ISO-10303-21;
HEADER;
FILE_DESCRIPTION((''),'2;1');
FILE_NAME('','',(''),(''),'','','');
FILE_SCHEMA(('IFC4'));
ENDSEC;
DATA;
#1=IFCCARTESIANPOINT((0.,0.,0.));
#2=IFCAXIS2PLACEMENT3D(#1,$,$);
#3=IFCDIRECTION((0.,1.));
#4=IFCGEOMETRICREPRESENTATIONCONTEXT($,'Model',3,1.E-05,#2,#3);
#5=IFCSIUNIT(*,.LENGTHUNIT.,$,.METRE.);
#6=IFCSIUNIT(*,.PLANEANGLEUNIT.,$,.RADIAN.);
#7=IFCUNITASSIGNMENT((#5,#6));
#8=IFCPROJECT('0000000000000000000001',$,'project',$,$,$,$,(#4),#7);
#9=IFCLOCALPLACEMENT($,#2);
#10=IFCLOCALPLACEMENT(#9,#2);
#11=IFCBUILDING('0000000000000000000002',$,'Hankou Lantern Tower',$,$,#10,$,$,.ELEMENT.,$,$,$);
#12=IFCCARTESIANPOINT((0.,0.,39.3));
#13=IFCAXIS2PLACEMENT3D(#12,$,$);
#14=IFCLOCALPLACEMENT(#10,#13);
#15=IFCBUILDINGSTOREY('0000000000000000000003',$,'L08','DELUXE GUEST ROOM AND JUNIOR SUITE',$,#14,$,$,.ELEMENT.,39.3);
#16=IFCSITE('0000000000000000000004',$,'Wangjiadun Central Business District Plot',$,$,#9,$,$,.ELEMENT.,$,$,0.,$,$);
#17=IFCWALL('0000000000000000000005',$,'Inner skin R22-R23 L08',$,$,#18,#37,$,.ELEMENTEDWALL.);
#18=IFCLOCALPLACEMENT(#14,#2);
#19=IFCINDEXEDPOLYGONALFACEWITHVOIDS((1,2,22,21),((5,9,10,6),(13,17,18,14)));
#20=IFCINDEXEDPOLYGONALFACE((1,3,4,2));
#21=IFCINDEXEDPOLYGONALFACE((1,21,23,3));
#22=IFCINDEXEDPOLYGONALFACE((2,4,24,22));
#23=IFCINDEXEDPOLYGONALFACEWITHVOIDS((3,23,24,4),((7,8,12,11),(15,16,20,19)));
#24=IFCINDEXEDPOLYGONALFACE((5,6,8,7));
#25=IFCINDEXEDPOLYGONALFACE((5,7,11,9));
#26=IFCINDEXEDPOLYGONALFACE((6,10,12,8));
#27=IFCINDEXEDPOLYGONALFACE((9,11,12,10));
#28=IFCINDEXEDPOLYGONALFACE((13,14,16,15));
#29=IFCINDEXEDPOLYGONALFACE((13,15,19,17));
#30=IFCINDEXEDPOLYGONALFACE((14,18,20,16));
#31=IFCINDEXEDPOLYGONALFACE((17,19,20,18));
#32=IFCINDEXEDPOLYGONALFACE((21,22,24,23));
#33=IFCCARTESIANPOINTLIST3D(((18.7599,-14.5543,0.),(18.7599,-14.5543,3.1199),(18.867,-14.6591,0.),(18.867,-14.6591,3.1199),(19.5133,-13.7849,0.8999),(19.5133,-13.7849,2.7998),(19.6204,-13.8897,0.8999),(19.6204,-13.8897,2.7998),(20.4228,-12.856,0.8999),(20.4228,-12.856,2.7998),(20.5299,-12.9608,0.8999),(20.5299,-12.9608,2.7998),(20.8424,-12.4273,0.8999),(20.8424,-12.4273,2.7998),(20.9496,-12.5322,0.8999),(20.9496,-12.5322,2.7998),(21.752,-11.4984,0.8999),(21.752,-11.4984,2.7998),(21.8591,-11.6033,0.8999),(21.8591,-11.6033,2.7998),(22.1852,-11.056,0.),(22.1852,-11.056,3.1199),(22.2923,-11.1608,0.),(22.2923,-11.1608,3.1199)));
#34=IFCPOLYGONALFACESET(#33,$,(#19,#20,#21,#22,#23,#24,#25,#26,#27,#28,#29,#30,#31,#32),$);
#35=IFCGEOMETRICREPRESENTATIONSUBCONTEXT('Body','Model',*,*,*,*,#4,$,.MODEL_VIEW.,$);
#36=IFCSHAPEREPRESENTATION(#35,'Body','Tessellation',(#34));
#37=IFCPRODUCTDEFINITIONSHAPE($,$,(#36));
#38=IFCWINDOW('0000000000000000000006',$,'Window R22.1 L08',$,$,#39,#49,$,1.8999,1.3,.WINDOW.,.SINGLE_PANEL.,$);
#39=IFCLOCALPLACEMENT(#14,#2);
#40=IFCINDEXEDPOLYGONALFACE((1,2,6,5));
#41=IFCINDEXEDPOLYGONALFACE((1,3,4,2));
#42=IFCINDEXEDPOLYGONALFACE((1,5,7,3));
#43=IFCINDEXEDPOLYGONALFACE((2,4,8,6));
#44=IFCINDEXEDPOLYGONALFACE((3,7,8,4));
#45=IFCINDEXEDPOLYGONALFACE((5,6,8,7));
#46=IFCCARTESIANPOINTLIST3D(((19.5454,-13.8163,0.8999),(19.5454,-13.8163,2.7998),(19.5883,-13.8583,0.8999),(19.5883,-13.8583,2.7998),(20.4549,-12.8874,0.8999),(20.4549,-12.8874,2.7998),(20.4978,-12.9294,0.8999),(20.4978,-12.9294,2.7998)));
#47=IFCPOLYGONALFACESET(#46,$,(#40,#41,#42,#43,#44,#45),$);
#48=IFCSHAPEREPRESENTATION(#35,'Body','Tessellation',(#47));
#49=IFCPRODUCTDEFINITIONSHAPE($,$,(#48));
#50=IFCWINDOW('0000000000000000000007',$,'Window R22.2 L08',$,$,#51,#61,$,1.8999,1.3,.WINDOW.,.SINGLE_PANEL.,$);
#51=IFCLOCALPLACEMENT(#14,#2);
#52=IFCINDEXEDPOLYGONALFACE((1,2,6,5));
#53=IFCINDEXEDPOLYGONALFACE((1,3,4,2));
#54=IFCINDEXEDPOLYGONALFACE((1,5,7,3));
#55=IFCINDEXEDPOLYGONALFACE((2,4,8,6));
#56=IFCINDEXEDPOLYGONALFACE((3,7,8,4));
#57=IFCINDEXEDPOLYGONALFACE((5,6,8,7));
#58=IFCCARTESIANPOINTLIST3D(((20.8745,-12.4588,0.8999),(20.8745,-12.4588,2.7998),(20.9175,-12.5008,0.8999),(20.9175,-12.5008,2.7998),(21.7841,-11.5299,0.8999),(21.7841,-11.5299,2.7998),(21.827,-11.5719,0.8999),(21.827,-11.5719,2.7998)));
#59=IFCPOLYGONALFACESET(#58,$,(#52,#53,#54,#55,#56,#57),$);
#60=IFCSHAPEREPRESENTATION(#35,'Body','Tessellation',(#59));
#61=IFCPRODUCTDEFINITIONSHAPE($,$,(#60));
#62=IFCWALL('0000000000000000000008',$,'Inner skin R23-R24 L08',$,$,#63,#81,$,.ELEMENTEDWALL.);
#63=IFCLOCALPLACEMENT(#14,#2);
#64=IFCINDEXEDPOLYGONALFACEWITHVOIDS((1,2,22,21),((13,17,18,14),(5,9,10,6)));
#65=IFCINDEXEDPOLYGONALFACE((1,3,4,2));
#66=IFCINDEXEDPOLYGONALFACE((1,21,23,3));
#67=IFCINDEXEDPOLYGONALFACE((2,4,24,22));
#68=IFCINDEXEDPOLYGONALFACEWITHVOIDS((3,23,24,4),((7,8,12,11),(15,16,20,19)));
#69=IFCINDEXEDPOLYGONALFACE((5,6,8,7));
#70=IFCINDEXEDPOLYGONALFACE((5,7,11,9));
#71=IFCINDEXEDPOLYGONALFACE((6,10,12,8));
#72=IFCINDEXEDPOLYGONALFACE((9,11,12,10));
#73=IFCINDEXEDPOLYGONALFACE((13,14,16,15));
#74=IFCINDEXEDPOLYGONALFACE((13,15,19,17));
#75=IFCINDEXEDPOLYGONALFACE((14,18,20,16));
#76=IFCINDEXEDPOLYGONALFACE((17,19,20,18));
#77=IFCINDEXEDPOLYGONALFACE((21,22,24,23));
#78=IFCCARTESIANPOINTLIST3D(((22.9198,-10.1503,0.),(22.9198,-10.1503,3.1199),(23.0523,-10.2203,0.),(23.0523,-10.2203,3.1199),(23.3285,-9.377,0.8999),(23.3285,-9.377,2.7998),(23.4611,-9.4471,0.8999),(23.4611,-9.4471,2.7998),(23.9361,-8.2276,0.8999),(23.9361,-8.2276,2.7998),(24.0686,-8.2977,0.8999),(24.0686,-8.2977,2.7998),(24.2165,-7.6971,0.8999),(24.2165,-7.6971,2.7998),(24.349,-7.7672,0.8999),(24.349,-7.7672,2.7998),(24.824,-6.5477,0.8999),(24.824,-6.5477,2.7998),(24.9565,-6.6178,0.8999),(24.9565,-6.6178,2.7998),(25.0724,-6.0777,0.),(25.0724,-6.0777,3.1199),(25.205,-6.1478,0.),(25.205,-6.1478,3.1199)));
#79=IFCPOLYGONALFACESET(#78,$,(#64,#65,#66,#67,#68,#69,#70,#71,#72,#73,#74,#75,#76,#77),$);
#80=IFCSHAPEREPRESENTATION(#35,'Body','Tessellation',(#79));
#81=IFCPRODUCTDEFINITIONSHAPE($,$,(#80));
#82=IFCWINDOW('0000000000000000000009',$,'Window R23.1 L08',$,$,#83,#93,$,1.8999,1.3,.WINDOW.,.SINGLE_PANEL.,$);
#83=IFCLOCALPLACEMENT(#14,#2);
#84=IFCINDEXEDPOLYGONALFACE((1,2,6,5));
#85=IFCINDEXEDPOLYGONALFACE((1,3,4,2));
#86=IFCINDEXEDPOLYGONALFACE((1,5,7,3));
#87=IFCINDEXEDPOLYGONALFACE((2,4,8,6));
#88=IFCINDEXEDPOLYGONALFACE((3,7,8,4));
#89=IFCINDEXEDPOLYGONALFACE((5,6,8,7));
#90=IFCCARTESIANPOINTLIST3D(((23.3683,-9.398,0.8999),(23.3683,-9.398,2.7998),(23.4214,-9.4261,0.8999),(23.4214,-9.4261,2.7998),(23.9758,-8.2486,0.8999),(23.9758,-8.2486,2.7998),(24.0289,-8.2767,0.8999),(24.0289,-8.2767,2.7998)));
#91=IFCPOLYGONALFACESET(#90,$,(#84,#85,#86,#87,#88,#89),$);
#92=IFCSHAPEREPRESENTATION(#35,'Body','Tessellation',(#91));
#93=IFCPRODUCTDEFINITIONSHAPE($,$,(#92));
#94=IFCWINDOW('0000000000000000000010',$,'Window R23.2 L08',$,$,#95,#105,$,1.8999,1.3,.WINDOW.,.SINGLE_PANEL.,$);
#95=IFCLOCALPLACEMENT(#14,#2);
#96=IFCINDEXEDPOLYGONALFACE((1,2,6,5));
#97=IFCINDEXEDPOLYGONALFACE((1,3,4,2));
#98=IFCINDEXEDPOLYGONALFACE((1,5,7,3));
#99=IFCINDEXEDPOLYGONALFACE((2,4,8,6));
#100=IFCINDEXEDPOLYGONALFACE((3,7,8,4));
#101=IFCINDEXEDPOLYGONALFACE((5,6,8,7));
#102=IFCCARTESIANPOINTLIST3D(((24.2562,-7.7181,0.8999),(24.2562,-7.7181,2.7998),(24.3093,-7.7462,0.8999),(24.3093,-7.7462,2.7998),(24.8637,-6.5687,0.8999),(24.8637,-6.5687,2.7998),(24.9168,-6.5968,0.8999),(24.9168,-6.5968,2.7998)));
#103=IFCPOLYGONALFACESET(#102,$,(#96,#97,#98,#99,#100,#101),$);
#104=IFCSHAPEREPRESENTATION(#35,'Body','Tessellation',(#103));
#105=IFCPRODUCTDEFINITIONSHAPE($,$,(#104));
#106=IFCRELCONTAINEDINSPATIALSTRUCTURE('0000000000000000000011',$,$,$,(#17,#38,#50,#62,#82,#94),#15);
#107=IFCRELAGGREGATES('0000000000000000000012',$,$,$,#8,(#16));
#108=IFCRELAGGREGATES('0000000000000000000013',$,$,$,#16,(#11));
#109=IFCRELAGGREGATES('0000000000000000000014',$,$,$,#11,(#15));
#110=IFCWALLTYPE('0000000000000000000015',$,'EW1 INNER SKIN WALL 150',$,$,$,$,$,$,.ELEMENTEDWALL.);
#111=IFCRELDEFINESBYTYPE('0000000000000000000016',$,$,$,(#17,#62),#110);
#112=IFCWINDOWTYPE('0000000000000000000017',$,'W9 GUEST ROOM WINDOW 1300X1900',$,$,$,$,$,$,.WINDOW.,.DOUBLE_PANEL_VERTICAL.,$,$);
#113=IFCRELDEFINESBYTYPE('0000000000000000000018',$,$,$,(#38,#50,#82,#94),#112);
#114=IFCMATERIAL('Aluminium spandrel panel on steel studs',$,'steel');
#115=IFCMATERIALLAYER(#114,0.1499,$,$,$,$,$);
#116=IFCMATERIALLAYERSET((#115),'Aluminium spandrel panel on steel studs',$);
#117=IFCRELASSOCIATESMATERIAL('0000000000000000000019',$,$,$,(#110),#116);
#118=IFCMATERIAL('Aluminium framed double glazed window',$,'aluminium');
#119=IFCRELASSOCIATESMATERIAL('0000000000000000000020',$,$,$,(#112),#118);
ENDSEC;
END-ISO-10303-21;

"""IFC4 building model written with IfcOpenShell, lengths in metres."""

from ifc_helpers import new_model, si_unit, direction, frame, frame_2d, origin, place, context, subcontext, project, spatial, rectangle, extrude, material, layer, layer_set, type_object, element, fill, save


model = new_model("IFC4")

# Units and contexts
model_context = context("Model", 3, precision=1e-05, world=origin(), true_north=direction((0.0, 1.0)))
body_context = subcontext(model_context, "Body", "Model", "MODEL_VIEW")
ifc_project = project(units=[si_unit("LENGTHUNIT", "METRE"), si_unit("PLANEANGLEUNIT", "RADIAN")], contexts=[model_context])

# Site, building, storey
site_placement = place(None, origin())
site = spatial("IfcSite", under=ifc_project, at=site_placement, Name="Wangjiadun Central Business District Plot", CompositionType="ELEMENT", RefElevation=0.0)
building_placement = place(site_placement, origin())
building = spatial("IfcBuilding", under=site, at=building_placement, Name="Hankou Lantern Tower", CompositionType="ELEMENT")
storey_placement = place(building_placement, frame((0.0, 0.0, 39.3)))
storey = spatial("IfcBuildingStorey", under=building, at=storey_placement, Name="L08", Description="DELUXE GUEST ROOM AND JUNIOR SUITE", CompositionType="ELEMENT", Elevation=39.3)

# Walls, openings, windows
ifc_material_1 = material(Name="Aluminium spandrel panel on steel studs", Category="steel")
ifc_layer_1 = layer(ifc_material_1, 0.1499)
ifc_layer_set_1 = layer_set([ifc_layer_1], Name="Aluminium spandrel panel on steel studs")
wall_type = type_object("IfcWallType", Name="EW1 INNER SKIN WALL 150", PredefinedType="ELEMENTEDWALL", material=ifc_layer_set_1)
wall_1_placement = place(storey_placement, frame((18.8135, -14.6067, 0.0), z_axis=(0.0, 0.0, 1.0), x_axis=(0.699613, 0.714522, 0.0)))
wall_1 = element("IfcWall", 1, at=wall_1_placement, inside=storey, type_object=wall_type, Name="Inner skin R22-R23 L08", PredefinedType="ELEMENTEDWALL", context=body_context, shape_type="SweptSolid", body=[
    extrude(rectangle(XDim=4.896, YDim=0.1499, at=frame_2d((2.448, 0.0))), origin(), (0.0, 0.0, 1.0), 3.1199),
])
opening_1_placement = place(wall_1_placement, frame((1.0769, 0.0, 0.8999)))
opening_1 = element("IfcOpeningElement", 2, at=opening_1_placement, cuts=wall_1, PredefinedType="OPENING", context=body_context, shape_type="SweptSolid", body=[
    extrude(rectangle(XDim=1.3, YDim=1.8999, at=frame_2d((0.6499, 0.95))), frame((0.0, 0.085, 0.0), z_axis=(0.0, -1.0, 0.0), x_axis=(1.0, 0.0, 0.0)), (0.0, 0.0, 1.0), 0.1699),
])
opening_2_placement = place(wall_1_placement, frame((2.9768, 0.0, 0.8999)))
opening_2 = element("IfcOpeningElement", 3, at=opening_2_placement, cuts=wall_1, PredefinedType="OPENING", context=body_context, shape_type="SweptSolid", body=[
    extrude(rectangle(XDim=1.3, YDim=1.8999, at=frame_2d((0.6499, 0.95))), frame((0.0, 0.085, 0.0), z_axis=(0.0, -1.0, 0.0), x_axis=(1.0, 0.0, 0.0)), (0.0, 0.0, 1.0), 0.1699),
])
ifc_material_2 = material(Name="Aluminium framed double glazed window", Category="aluminium")
window_type = type_object("IfcWindowType", Name="W9 GUEST ROOM WINDOW 1300X1900", PartitioningType="DOUBLE_PANEL_VERTICAL", PredefinedType="WINDOW", material=ifc_material_2)
window_1_placement = place(opening_1_placement, origin())
window_1 = element("IfcWindow", 4, at=window_1_placement, inside=storey, type_object=window_type, Name="Window R22.1 L08", OverallHeight=1.8999, OverallWidth=1.3, PartitioningType="SINGLE_PANEL", PredefinedType="WINDOW", context=body_context, shape_type="SweptSolid", body=[
    extrude(rectangle(XDim=1.3, YDim=1.8999, at=frame_2d((0.6499, 0.95))), frame((0.0, 0.03, 0.0), z_axis=(0.0, -1.0, 0.0), x_axis=(1.0, 0.0, 0.0)), (0.0, 0.0, 1.0), 0.0601),
])
fill(opening_1, window_1)
window_2_placement = place(opening_2_placement, origin())
window_2 = element("IfcWindow", 5, at=window_2_placement, inside=storey, type_object=window_type, Name="Window R22.2 L08", OverallHeight=1.8999, OverallWidth=1.3, PartitioningType="SINGLE_PANEL", PredefinedType="WINDOW", context=body_context, shape_type="SweptSolid", body=[
    extrude(rectangle(XDim=1.3, YDim=1.8999, at=frame_2d((0.6499, 0.95))), frame((0.0, 0.03, 0.0), z_axis=(0.0, -1.0, 0.0), x_axis=(1.0, 0.0, 0.0)), (0.0, 0.0, 1.0), 0.0601),
])
fill(opening_2, window_2)
wall_2_placement = place(storey_placement, frame((22.9861, -10.1853, 0.0), z_axis=(0.0, 0.0, 1.0), x_axis=(0.467303, 0.884097, 0.0)))
wall_2 = element("IfcWall", 6, at=wall_2_placement, inside=storey, type_object=wall_type, Name="Inner skin R23-R24 L08", PredefinedType="ELEMENTEDWALL", context=body_context, shape_type="SweptSolid", body=[
    extrude(rectangle(XDim=4.6064, YDim=0.1499, at=frame_2d((2.3032, 0.0))), origin(), (0.0, 0.0, 1.0), 3.1199),
])
opening_3_placement = place(wall_2_placement, frame((0.8748, 0.0, 0.8999)))
opening_3 = element("IfcOpeningElement", 7, at=opening_3_placement, cuts=wall_2, PredefinedType="OPENING", context=body_context, shape_type="SweptSolid", body=[
    extrude(rectangle(XDim=1.3, YDim=1.8999, at=frame_2d((0.6499, 0.95))), frame((0.0, 0.085, 0.0), z_axis=(0.0, -1.0, 0.0), x_axis=(1.0, 0.0, 0.0)), (0.0, 0.0, 1.0), 0.1699),
])
opening_4_placement = place(wall_2_placement, frame((2.7749, 0.0, 0.8999)))
opening_4 = element("IfcOpeningElement", 8, at=opening_4_placement, cuts=wall_2, PredefinedType="OPENING", context=body_context, shape_type="SweptSolid", body=[
    extrude(rectangle(XDim=1.3, YDim=1.8999, at=frame_2d((0.6499, 0.95))), frame((0.0, 0.085, 0.0), z_axis=(0.0, -1.0, 0.0), x_axis=(1.0, 0.0, 0.0)), (0.0, 0.0, 1.0), 0.1699),
])
window_3_placement = place(opening_3_placement, origin())
window_3 = element("IfcWindow", 9, at=window_3_placement, inside=storey, type_object=window_type, Name="Window R23.1 L08", OverallHeight=1.8999, OverallWidth=1.3, PartitioningType="SINGLE_PANEL", PredefinedType="WINDOW", context=body_context, shape_type="SweptSolid", body=[
    extrude(rectangle(XDim=1.3, YDim=1.8999, at=frame_2d((0.6499, 0.95))), frame((0.0, 0.03, 0.0), z_axis=(0.0, -1.0, 0.0), x_axis=(1.0, 0.0, 0.0)), (0.0, 0.0, 1.0), 0.0601),
])
fill(opening_3, window_3)
window_4_placement = place(opening_4_placement, origin())
window_4 = element("IfcWindow", 10, at=window_4_placement, inside=storey, type_object=window_type, Name="Window R23.2 L08", OverallHeight=1.8999, OverallWidth=1.3, PartitioningType="SINGLE_PANEL", PredefinedType="WINDOW", context=body_context, shape_type="SweptSolid", body=[
    extrude(rectangle(XDim=1.3, YDim=1.8999, at=frame_2d((0.6499, 0.95))), frame((0.0, 0.03, 0.0), z_axis=(0.0, -1.0, 0.0), x_axis=(1.0, 0.0, 0.0)), (0.0, 0.0, 1.0), 0.0601),
])
fill(opening_4, window_4)

save(model, "model.ifc")
